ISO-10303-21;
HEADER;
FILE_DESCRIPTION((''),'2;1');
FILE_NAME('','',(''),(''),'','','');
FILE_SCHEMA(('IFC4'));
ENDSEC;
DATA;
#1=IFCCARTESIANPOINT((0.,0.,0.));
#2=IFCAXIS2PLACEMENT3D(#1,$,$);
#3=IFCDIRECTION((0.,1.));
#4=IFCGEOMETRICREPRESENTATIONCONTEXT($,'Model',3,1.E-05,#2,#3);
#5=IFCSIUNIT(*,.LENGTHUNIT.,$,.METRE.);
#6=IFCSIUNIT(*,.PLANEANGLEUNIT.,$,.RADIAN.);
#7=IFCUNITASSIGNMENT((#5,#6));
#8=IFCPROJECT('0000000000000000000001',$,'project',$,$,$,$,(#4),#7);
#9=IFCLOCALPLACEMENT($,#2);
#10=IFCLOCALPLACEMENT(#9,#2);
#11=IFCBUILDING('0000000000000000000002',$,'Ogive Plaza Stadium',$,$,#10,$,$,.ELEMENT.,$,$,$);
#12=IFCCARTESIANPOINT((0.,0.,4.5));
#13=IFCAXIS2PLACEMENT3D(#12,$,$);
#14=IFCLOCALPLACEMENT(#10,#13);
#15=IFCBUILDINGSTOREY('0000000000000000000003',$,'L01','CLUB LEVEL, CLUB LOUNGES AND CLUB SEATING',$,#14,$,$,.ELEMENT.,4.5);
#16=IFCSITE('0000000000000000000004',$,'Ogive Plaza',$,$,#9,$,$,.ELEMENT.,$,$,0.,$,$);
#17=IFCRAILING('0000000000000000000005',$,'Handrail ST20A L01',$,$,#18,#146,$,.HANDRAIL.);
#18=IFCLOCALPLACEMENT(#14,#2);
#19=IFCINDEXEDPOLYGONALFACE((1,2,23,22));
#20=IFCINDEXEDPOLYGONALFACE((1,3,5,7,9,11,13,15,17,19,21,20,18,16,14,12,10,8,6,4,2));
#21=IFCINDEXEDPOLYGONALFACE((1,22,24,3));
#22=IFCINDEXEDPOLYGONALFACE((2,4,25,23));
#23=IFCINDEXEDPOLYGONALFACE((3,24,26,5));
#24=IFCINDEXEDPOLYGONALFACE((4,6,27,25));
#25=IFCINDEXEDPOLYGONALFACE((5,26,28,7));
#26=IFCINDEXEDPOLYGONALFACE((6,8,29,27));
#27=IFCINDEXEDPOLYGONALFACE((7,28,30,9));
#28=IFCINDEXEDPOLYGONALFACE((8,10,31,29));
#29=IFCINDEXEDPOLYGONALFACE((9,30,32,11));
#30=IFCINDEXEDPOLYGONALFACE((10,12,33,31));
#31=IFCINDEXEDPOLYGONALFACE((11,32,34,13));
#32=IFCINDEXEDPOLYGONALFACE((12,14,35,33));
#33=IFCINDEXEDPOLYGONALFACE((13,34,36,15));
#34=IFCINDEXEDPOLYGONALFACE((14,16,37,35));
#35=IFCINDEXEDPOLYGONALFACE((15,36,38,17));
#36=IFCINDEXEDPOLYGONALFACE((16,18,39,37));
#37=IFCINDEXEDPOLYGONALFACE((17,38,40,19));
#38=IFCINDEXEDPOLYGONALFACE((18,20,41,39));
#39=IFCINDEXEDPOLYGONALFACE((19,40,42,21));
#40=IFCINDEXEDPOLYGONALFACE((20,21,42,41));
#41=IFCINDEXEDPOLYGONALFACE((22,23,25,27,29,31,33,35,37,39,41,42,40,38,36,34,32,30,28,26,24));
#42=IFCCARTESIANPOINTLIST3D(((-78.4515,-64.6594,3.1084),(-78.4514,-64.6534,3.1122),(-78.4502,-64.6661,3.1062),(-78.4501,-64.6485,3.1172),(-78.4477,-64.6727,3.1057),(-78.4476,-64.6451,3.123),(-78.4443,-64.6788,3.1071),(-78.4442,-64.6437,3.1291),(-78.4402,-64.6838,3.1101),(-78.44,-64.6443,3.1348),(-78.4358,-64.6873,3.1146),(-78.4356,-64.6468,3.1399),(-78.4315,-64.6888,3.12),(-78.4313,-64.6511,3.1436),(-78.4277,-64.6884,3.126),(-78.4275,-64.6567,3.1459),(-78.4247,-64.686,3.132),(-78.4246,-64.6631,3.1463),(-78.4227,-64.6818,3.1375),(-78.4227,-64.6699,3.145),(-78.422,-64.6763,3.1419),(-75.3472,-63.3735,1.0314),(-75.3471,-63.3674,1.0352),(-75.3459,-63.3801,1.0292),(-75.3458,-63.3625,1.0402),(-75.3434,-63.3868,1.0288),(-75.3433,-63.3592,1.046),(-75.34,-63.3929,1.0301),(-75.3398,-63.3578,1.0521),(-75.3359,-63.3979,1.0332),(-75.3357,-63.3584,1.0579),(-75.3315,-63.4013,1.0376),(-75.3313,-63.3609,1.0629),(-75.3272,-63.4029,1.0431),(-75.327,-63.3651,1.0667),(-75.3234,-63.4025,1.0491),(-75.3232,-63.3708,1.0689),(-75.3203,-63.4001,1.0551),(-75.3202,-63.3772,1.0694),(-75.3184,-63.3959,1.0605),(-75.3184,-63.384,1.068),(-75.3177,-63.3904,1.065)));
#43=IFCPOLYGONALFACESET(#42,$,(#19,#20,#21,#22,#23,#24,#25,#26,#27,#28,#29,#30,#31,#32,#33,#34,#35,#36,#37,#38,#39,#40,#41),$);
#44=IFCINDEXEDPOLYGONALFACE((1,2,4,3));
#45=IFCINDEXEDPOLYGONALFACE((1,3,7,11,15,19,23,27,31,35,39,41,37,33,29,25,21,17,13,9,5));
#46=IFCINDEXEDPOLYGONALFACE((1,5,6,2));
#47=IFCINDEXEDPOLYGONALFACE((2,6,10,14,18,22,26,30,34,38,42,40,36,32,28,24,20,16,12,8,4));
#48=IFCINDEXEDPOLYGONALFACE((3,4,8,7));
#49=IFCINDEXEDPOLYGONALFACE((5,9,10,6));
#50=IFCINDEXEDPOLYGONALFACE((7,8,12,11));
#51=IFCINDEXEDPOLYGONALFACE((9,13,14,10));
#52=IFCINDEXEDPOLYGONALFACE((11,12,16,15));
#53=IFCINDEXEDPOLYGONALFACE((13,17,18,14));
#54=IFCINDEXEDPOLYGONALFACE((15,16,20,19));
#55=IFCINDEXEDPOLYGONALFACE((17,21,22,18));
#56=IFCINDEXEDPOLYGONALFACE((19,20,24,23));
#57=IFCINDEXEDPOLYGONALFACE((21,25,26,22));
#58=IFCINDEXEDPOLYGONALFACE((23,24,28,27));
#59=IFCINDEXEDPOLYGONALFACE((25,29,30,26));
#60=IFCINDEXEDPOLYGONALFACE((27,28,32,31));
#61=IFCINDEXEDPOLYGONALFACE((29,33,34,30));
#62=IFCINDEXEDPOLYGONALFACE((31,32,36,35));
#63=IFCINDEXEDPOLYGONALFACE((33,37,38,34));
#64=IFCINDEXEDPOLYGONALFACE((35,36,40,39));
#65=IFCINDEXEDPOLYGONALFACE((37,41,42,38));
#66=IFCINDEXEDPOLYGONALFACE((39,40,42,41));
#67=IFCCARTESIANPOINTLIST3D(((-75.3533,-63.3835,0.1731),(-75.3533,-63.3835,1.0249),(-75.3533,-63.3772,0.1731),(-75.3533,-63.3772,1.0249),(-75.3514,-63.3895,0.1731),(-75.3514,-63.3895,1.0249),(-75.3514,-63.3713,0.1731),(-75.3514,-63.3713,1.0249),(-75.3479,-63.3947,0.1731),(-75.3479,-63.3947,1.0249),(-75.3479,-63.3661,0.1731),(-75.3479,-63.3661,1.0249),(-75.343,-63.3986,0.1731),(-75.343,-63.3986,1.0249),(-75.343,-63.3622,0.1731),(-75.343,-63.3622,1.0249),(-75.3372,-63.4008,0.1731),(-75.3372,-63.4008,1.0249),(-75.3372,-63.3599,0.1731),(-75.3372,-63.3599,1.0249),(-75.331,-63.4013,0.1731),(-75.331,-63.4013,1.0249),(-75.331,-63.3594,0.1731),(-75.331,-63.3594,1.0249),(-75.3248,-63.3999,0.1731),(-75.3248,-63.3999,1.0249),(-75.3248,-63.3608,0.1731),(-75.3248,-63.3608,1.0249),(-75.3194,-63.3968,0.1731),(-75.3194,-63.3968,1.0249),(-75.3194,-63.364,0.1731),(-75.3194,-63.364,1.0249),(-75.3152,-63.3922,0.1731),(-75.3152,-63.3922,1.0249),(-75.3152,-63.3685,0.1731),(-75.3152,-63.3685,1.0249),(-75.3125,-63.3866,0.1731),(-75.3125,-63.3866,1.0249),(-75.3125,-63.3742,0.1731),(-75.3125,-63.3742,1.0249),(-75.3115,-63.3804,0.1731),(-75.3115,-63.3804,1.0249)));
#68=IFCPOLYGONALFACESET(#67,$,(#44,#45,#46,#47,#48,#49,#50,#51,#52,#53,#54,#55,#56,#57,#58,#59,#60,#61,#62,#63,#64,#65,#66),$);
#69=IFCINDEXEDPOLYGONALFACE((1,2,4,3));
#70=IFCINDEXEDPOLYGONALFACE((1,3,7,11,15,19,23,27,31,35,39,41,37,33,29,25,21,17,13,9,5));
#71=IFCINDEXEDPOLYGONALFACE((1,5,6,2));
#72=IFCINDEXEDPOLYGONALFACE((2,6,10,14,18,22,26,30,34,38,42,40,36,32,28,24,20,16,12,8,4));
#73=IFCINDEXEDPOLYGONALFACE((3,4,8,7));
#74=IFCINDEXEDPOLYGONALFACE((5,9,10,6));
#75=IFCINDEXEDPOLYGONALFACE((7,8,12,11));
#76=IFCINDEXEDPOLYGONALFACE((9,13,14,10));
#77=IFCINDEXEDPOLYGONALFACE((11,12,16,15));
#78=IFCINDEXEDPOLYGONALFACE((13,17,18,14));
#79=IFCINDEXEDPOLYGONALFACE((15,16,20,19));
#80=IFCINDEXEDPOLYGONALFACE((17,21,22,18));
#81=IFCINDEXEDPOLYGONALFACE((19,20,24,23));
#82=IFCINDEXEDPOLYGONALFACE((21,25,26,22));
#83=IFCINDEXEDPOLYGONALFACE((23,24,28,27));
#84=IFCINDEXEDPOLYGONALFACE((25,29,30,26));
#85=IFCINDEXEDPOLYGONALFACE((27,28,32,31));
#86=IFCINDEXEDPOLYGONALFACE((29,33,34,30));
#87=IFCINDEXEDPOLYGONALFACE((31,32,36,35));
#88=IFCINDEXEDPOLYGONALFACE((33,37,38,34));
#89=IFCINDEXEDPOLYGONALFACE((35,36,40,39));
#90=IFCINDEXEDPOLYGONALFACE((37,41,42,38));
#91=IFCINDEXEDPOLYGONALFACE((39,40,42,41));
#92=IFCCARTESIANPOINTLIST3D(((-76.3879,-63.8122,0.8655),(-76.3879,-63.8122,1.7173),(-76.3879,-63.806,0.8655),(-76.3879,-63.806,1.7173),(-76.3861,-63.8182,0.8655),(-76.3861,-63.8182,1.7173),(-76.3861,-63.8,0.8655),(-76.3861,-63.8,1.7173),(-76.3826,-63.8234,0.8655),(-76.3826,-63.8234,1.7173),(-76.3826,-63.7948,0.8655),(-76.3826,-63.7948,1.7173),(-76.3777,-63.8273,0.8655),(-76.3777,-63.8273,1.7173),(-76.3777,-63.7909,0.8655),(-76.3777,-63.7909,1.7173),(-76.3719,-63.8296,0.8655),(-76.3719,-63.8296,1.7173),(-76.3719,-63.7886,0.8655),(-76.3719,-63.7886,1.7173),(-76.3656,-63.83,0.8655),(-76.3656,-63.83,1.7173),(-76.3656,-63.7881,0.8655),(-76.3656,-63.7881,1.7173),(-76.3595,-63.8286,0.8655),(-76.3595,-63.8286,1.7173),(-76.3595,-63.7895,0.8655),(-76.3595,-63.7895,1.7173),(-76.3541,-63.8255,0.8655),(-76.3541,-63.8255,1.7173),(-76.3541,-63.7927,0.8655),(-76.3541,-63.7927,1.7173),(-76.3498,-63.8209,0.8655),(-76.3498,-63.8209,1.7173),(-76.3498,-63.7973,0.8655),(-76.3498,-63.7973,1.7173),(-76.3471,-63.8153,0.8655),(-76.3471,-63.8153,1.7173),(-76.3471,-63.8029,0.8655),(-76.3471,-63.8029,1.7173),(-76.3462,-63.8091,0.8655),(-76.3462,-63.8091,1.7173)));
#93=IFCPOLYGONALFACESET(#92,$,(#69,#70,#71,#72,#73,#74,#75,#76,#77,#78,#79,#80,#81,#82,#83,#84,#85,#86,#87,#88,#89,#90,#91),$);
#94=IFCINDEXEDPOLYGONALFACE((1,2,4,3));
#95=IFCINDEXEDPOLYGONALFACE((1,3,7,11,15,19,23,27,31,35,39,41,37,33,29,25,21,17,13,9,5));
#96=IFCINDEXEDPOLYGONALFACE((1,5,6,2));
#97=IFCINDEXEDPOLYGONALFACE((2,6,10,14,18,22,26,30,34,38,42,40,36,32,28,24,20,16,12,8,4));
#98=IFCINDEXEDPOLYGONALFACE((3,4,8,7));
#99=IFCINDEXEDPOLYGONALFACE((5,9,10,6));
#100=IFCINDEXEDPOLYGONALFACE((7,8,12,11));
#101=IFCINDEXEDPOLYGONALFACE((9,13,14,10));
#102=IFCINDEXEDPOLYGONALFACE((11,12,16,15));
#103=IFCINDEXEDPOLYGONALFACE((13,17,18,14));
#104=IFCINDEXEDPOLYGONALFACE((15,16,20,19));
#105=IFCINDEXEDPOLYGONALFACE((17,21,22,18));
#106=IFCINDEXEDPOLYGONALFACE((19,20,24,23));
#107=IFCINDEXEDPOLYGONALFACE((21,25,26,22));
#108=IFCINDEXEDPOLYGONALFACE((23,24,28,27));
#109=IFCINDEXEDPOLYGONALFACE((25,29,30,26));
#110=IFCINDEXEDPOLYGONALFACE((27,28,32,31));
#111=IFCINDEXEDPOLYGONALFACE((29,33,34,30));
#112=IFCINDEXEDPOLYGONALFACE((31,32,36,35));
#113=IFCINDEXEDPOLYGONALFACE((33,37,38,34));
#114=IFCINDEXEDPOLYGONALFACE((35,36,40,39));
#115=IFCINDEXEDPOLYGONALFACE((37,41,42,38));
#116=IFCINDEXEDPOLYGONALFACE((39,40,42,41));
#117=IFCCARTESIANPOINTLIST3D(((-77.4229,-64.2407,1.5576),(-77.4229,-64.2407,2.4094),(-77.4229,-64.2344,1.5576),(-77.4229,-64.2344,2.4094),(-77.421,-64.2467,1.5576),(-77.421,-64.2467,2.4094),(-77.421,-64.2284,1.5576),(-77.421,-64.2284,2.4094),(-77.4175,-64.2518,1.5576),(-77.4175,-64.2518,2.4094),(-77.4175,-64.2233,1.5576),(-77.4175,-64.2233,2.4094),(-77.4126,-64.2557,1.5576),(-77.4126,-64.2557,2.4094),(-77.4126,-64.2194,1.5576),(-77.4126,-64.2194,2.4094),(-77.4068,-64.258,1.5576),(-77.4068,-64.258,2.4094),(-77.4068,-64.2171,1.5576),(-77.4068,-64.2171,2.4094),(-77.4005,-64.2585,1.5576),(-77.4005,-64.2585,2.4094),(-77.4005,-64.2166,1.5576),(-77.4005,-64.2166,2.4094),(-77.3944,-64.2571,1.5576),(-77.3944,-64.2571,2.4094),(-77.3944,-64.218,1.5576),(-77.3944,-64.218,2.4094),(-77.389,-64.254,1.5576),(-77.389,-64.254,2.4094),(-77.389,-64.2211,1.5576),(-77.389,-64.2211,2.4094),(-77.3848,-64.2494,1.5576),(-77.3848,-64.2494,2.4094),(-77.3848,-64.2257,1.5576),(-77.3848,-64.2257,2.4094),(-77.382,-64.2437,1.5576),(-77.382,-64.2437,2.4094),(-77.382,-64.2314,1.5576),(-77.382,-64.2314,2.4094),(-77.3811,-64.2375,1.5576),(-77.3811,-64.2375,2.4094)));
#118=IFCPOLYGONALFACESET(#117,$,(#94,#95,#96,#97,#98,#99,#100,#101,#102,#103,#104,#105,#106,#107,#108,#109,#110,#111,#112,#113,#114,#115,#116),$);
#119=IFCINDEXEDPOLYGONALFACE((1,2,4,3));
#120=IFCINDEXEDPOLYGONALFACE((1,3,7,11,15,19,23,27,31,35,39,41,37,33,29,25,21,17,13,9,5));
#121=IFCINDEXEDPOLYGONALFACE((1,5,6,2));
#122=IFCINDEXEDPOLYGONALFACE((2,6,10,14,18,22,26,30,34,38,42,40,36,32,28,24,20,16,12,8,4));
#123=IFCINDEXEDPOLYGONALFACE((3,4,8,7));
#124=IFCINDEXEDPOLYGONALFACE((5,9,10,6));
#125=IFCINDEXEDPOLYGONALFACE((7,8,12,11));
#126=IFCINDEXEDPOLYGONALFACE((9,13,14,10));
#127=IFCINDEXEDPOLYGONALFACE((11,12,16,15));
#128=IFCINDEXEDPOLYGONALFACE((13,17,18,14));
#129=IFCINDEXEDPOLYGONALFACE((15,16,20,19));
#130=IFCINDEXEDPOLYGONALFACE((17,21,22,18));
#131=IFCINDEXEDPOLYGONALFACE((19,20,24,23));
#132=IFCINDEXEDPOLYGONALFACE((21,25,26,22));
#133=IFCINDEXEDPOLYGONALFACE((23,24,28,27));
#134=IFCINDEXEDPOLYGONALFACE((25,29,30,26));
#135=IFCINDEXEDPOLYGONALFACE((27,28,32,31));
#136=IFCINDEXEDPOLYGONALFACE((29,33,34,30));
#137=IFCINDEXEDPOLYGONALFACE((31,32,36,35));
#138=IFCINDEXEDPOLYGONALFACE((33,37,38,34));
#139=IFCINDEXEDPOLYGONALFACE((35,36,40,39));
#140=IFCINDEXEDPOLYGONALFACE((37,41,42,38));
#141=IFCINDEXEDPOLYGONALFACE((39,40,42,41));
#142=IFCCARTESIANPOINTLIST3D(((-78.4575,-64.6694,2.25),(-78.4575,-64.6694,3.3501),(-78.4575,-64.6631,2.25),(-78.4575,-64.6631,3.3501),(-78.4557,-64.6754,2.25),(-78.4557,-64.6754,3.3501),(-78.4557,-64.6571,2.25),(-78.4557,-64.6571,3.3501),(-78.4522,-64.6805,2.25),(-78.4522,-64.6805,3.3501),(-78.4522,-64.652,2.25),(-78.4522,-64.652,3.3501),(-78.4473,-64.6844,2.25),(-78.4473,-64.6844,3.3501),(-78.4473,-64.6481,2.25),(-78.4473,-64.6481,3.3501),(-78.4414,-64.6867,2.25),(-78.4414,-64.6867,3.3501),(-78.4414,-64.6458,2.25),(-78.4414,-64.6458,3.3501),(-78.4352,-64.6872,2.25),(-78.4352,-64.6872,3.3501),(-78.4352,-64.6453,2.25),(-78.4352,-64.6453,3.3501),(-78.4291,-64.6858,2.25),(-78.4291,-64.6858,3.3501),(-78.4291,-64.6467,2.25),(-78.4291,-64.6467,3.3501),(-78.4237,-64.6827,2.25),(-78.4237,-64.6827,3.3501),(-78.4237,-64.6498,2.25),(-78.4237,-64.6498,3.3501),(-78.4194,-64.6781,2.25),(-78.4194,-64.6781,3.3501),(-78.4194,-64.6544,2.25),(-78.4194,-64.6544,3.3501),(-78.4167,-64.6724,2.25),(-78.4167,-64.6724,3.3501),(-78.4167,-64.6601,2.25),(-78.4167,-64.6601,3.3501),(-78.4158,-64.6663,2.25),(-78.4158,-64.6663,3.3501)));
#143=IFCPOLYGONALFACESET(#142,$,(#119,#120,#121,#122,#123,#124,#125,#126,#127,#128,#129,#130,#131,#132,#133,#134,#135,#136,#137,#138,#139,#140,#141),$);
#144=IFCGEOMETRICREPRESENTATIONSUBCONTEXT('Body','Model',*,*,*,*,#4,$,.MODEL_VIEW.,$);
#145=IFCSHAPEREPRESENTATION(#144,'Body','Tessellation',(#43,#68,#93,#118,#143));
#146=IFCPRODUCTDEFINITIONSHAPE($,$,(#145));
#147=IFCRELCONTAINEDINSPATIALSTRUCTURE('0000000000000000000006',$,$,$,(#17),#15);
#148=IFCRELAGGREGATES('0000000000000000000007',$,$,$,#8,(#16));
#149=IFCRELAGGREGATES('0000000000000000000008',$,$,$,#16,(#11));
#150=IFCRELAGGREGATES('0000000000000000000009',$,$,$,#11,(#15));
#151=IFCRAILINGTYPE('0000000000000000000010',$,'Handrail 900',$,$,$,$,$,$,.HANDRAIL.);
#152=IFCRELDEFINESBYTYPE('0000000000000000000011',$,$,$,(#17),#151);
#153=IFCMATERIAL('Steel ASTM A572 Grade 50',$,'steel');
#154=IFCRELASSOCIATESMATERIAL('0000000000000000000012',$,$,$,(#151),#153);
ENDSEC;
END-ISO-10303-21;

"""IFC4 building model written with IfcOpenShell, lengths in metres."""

from ifc_helpers import new_model, si_unit, direction, frame, origin, origin_2d, place, context, subcontext, project, spatial, circle, extrude, material, type_object, element, save


model = new_model("IFC4")

# Units and contexts
model_context = context("Model", 3, precision=1e-05, world=origin(), true_north=direction((0.0, 1.0)))
body_context = subcontext(model_context, "Body", "Model", "MODEL_VIEW")
ifc_project = project(units=[si_unit("LENGTHUNIT", "METRE"), si_unit("PLANEANGLEUNIT", "RADIAN")], contexts=[model_context])

# Site, building, storey
site_placement = place(None, origin())
site = spatial("IfcSite", under=ifc_project, at=site_placement, Name="Ogive Plaza", CompositionType="ELEMENT", RefElevation=0.0)
building_placement = place(site_placement, origin())
building = spatial("IfcBuilding", under=site, at=building_placement, Name="Ogive Plaza Stadium", CompositionType="ELEMENT")
storey_placement = place(building_placement, frame((0.0, 0.0, 4.5)))
storey = spatial("IfcBuildingStorey", under=building, at=storey_placement, Name="L01", Description="CLUB LEVEL, CLUB LOUNGES AND CLUB SEATING", CompositionType="ELEMENT", Elevation=4.5)

# Railing
ifc_material_1 = material(Name="Steel ASTM A572 Grade 50", Category="steel")
railing_type_1 = type_object("IfcRailingType", Name="Handrail 900", PredefinedType="HANDRAIL", material=ifc_material_1)
for number, where, name in (
    (1, (-75.3325, -63.3804, 0.1731), "Handrail ST20A L01"),
):
    element("IfcRailing", number, at=place(storey_placement, frame(where)), inside=storey, type_object=railing_type_1, Name=name, PredefinedType="HANDRAIL", context=body_context, shape_type="SweptSolid", body=[
        extrude(circle(Radius=0.0239, at=origin_2d()), frame((0.0, 0.0, 0.876), z_axis=(-0.785863, -0.325532, 0.525783), x_axis=(0.3827, -0.923872, 0.0)), (0.0, 0.0, 1.0), 3.9502),
        extrude(circle(Radius=0.021, at=origin_2d()), origin(), (0.0, 0.0, 1.0), 0.8518),
        extrude(circle(Radius=0.021, at=origin_2d()), frame((-1.0347, -0.4287, 0.6924)), (0.0, 0.0, 1.0), 0.8518),
        extrude(circle(Radius=0.021, at=origin_2d()), frame((-2.0696, -0.8572, 1.3845)), (0.0, 0.0, 1.0), 0.8518),
        extrude(circle(Radius=0.021, at=origin_2d()), frame((-3.1042, -1.2859, 2.0769)), (0.0, 0.0, 1.0), 1.1001),
    ])

save(model, "model.ifc")
